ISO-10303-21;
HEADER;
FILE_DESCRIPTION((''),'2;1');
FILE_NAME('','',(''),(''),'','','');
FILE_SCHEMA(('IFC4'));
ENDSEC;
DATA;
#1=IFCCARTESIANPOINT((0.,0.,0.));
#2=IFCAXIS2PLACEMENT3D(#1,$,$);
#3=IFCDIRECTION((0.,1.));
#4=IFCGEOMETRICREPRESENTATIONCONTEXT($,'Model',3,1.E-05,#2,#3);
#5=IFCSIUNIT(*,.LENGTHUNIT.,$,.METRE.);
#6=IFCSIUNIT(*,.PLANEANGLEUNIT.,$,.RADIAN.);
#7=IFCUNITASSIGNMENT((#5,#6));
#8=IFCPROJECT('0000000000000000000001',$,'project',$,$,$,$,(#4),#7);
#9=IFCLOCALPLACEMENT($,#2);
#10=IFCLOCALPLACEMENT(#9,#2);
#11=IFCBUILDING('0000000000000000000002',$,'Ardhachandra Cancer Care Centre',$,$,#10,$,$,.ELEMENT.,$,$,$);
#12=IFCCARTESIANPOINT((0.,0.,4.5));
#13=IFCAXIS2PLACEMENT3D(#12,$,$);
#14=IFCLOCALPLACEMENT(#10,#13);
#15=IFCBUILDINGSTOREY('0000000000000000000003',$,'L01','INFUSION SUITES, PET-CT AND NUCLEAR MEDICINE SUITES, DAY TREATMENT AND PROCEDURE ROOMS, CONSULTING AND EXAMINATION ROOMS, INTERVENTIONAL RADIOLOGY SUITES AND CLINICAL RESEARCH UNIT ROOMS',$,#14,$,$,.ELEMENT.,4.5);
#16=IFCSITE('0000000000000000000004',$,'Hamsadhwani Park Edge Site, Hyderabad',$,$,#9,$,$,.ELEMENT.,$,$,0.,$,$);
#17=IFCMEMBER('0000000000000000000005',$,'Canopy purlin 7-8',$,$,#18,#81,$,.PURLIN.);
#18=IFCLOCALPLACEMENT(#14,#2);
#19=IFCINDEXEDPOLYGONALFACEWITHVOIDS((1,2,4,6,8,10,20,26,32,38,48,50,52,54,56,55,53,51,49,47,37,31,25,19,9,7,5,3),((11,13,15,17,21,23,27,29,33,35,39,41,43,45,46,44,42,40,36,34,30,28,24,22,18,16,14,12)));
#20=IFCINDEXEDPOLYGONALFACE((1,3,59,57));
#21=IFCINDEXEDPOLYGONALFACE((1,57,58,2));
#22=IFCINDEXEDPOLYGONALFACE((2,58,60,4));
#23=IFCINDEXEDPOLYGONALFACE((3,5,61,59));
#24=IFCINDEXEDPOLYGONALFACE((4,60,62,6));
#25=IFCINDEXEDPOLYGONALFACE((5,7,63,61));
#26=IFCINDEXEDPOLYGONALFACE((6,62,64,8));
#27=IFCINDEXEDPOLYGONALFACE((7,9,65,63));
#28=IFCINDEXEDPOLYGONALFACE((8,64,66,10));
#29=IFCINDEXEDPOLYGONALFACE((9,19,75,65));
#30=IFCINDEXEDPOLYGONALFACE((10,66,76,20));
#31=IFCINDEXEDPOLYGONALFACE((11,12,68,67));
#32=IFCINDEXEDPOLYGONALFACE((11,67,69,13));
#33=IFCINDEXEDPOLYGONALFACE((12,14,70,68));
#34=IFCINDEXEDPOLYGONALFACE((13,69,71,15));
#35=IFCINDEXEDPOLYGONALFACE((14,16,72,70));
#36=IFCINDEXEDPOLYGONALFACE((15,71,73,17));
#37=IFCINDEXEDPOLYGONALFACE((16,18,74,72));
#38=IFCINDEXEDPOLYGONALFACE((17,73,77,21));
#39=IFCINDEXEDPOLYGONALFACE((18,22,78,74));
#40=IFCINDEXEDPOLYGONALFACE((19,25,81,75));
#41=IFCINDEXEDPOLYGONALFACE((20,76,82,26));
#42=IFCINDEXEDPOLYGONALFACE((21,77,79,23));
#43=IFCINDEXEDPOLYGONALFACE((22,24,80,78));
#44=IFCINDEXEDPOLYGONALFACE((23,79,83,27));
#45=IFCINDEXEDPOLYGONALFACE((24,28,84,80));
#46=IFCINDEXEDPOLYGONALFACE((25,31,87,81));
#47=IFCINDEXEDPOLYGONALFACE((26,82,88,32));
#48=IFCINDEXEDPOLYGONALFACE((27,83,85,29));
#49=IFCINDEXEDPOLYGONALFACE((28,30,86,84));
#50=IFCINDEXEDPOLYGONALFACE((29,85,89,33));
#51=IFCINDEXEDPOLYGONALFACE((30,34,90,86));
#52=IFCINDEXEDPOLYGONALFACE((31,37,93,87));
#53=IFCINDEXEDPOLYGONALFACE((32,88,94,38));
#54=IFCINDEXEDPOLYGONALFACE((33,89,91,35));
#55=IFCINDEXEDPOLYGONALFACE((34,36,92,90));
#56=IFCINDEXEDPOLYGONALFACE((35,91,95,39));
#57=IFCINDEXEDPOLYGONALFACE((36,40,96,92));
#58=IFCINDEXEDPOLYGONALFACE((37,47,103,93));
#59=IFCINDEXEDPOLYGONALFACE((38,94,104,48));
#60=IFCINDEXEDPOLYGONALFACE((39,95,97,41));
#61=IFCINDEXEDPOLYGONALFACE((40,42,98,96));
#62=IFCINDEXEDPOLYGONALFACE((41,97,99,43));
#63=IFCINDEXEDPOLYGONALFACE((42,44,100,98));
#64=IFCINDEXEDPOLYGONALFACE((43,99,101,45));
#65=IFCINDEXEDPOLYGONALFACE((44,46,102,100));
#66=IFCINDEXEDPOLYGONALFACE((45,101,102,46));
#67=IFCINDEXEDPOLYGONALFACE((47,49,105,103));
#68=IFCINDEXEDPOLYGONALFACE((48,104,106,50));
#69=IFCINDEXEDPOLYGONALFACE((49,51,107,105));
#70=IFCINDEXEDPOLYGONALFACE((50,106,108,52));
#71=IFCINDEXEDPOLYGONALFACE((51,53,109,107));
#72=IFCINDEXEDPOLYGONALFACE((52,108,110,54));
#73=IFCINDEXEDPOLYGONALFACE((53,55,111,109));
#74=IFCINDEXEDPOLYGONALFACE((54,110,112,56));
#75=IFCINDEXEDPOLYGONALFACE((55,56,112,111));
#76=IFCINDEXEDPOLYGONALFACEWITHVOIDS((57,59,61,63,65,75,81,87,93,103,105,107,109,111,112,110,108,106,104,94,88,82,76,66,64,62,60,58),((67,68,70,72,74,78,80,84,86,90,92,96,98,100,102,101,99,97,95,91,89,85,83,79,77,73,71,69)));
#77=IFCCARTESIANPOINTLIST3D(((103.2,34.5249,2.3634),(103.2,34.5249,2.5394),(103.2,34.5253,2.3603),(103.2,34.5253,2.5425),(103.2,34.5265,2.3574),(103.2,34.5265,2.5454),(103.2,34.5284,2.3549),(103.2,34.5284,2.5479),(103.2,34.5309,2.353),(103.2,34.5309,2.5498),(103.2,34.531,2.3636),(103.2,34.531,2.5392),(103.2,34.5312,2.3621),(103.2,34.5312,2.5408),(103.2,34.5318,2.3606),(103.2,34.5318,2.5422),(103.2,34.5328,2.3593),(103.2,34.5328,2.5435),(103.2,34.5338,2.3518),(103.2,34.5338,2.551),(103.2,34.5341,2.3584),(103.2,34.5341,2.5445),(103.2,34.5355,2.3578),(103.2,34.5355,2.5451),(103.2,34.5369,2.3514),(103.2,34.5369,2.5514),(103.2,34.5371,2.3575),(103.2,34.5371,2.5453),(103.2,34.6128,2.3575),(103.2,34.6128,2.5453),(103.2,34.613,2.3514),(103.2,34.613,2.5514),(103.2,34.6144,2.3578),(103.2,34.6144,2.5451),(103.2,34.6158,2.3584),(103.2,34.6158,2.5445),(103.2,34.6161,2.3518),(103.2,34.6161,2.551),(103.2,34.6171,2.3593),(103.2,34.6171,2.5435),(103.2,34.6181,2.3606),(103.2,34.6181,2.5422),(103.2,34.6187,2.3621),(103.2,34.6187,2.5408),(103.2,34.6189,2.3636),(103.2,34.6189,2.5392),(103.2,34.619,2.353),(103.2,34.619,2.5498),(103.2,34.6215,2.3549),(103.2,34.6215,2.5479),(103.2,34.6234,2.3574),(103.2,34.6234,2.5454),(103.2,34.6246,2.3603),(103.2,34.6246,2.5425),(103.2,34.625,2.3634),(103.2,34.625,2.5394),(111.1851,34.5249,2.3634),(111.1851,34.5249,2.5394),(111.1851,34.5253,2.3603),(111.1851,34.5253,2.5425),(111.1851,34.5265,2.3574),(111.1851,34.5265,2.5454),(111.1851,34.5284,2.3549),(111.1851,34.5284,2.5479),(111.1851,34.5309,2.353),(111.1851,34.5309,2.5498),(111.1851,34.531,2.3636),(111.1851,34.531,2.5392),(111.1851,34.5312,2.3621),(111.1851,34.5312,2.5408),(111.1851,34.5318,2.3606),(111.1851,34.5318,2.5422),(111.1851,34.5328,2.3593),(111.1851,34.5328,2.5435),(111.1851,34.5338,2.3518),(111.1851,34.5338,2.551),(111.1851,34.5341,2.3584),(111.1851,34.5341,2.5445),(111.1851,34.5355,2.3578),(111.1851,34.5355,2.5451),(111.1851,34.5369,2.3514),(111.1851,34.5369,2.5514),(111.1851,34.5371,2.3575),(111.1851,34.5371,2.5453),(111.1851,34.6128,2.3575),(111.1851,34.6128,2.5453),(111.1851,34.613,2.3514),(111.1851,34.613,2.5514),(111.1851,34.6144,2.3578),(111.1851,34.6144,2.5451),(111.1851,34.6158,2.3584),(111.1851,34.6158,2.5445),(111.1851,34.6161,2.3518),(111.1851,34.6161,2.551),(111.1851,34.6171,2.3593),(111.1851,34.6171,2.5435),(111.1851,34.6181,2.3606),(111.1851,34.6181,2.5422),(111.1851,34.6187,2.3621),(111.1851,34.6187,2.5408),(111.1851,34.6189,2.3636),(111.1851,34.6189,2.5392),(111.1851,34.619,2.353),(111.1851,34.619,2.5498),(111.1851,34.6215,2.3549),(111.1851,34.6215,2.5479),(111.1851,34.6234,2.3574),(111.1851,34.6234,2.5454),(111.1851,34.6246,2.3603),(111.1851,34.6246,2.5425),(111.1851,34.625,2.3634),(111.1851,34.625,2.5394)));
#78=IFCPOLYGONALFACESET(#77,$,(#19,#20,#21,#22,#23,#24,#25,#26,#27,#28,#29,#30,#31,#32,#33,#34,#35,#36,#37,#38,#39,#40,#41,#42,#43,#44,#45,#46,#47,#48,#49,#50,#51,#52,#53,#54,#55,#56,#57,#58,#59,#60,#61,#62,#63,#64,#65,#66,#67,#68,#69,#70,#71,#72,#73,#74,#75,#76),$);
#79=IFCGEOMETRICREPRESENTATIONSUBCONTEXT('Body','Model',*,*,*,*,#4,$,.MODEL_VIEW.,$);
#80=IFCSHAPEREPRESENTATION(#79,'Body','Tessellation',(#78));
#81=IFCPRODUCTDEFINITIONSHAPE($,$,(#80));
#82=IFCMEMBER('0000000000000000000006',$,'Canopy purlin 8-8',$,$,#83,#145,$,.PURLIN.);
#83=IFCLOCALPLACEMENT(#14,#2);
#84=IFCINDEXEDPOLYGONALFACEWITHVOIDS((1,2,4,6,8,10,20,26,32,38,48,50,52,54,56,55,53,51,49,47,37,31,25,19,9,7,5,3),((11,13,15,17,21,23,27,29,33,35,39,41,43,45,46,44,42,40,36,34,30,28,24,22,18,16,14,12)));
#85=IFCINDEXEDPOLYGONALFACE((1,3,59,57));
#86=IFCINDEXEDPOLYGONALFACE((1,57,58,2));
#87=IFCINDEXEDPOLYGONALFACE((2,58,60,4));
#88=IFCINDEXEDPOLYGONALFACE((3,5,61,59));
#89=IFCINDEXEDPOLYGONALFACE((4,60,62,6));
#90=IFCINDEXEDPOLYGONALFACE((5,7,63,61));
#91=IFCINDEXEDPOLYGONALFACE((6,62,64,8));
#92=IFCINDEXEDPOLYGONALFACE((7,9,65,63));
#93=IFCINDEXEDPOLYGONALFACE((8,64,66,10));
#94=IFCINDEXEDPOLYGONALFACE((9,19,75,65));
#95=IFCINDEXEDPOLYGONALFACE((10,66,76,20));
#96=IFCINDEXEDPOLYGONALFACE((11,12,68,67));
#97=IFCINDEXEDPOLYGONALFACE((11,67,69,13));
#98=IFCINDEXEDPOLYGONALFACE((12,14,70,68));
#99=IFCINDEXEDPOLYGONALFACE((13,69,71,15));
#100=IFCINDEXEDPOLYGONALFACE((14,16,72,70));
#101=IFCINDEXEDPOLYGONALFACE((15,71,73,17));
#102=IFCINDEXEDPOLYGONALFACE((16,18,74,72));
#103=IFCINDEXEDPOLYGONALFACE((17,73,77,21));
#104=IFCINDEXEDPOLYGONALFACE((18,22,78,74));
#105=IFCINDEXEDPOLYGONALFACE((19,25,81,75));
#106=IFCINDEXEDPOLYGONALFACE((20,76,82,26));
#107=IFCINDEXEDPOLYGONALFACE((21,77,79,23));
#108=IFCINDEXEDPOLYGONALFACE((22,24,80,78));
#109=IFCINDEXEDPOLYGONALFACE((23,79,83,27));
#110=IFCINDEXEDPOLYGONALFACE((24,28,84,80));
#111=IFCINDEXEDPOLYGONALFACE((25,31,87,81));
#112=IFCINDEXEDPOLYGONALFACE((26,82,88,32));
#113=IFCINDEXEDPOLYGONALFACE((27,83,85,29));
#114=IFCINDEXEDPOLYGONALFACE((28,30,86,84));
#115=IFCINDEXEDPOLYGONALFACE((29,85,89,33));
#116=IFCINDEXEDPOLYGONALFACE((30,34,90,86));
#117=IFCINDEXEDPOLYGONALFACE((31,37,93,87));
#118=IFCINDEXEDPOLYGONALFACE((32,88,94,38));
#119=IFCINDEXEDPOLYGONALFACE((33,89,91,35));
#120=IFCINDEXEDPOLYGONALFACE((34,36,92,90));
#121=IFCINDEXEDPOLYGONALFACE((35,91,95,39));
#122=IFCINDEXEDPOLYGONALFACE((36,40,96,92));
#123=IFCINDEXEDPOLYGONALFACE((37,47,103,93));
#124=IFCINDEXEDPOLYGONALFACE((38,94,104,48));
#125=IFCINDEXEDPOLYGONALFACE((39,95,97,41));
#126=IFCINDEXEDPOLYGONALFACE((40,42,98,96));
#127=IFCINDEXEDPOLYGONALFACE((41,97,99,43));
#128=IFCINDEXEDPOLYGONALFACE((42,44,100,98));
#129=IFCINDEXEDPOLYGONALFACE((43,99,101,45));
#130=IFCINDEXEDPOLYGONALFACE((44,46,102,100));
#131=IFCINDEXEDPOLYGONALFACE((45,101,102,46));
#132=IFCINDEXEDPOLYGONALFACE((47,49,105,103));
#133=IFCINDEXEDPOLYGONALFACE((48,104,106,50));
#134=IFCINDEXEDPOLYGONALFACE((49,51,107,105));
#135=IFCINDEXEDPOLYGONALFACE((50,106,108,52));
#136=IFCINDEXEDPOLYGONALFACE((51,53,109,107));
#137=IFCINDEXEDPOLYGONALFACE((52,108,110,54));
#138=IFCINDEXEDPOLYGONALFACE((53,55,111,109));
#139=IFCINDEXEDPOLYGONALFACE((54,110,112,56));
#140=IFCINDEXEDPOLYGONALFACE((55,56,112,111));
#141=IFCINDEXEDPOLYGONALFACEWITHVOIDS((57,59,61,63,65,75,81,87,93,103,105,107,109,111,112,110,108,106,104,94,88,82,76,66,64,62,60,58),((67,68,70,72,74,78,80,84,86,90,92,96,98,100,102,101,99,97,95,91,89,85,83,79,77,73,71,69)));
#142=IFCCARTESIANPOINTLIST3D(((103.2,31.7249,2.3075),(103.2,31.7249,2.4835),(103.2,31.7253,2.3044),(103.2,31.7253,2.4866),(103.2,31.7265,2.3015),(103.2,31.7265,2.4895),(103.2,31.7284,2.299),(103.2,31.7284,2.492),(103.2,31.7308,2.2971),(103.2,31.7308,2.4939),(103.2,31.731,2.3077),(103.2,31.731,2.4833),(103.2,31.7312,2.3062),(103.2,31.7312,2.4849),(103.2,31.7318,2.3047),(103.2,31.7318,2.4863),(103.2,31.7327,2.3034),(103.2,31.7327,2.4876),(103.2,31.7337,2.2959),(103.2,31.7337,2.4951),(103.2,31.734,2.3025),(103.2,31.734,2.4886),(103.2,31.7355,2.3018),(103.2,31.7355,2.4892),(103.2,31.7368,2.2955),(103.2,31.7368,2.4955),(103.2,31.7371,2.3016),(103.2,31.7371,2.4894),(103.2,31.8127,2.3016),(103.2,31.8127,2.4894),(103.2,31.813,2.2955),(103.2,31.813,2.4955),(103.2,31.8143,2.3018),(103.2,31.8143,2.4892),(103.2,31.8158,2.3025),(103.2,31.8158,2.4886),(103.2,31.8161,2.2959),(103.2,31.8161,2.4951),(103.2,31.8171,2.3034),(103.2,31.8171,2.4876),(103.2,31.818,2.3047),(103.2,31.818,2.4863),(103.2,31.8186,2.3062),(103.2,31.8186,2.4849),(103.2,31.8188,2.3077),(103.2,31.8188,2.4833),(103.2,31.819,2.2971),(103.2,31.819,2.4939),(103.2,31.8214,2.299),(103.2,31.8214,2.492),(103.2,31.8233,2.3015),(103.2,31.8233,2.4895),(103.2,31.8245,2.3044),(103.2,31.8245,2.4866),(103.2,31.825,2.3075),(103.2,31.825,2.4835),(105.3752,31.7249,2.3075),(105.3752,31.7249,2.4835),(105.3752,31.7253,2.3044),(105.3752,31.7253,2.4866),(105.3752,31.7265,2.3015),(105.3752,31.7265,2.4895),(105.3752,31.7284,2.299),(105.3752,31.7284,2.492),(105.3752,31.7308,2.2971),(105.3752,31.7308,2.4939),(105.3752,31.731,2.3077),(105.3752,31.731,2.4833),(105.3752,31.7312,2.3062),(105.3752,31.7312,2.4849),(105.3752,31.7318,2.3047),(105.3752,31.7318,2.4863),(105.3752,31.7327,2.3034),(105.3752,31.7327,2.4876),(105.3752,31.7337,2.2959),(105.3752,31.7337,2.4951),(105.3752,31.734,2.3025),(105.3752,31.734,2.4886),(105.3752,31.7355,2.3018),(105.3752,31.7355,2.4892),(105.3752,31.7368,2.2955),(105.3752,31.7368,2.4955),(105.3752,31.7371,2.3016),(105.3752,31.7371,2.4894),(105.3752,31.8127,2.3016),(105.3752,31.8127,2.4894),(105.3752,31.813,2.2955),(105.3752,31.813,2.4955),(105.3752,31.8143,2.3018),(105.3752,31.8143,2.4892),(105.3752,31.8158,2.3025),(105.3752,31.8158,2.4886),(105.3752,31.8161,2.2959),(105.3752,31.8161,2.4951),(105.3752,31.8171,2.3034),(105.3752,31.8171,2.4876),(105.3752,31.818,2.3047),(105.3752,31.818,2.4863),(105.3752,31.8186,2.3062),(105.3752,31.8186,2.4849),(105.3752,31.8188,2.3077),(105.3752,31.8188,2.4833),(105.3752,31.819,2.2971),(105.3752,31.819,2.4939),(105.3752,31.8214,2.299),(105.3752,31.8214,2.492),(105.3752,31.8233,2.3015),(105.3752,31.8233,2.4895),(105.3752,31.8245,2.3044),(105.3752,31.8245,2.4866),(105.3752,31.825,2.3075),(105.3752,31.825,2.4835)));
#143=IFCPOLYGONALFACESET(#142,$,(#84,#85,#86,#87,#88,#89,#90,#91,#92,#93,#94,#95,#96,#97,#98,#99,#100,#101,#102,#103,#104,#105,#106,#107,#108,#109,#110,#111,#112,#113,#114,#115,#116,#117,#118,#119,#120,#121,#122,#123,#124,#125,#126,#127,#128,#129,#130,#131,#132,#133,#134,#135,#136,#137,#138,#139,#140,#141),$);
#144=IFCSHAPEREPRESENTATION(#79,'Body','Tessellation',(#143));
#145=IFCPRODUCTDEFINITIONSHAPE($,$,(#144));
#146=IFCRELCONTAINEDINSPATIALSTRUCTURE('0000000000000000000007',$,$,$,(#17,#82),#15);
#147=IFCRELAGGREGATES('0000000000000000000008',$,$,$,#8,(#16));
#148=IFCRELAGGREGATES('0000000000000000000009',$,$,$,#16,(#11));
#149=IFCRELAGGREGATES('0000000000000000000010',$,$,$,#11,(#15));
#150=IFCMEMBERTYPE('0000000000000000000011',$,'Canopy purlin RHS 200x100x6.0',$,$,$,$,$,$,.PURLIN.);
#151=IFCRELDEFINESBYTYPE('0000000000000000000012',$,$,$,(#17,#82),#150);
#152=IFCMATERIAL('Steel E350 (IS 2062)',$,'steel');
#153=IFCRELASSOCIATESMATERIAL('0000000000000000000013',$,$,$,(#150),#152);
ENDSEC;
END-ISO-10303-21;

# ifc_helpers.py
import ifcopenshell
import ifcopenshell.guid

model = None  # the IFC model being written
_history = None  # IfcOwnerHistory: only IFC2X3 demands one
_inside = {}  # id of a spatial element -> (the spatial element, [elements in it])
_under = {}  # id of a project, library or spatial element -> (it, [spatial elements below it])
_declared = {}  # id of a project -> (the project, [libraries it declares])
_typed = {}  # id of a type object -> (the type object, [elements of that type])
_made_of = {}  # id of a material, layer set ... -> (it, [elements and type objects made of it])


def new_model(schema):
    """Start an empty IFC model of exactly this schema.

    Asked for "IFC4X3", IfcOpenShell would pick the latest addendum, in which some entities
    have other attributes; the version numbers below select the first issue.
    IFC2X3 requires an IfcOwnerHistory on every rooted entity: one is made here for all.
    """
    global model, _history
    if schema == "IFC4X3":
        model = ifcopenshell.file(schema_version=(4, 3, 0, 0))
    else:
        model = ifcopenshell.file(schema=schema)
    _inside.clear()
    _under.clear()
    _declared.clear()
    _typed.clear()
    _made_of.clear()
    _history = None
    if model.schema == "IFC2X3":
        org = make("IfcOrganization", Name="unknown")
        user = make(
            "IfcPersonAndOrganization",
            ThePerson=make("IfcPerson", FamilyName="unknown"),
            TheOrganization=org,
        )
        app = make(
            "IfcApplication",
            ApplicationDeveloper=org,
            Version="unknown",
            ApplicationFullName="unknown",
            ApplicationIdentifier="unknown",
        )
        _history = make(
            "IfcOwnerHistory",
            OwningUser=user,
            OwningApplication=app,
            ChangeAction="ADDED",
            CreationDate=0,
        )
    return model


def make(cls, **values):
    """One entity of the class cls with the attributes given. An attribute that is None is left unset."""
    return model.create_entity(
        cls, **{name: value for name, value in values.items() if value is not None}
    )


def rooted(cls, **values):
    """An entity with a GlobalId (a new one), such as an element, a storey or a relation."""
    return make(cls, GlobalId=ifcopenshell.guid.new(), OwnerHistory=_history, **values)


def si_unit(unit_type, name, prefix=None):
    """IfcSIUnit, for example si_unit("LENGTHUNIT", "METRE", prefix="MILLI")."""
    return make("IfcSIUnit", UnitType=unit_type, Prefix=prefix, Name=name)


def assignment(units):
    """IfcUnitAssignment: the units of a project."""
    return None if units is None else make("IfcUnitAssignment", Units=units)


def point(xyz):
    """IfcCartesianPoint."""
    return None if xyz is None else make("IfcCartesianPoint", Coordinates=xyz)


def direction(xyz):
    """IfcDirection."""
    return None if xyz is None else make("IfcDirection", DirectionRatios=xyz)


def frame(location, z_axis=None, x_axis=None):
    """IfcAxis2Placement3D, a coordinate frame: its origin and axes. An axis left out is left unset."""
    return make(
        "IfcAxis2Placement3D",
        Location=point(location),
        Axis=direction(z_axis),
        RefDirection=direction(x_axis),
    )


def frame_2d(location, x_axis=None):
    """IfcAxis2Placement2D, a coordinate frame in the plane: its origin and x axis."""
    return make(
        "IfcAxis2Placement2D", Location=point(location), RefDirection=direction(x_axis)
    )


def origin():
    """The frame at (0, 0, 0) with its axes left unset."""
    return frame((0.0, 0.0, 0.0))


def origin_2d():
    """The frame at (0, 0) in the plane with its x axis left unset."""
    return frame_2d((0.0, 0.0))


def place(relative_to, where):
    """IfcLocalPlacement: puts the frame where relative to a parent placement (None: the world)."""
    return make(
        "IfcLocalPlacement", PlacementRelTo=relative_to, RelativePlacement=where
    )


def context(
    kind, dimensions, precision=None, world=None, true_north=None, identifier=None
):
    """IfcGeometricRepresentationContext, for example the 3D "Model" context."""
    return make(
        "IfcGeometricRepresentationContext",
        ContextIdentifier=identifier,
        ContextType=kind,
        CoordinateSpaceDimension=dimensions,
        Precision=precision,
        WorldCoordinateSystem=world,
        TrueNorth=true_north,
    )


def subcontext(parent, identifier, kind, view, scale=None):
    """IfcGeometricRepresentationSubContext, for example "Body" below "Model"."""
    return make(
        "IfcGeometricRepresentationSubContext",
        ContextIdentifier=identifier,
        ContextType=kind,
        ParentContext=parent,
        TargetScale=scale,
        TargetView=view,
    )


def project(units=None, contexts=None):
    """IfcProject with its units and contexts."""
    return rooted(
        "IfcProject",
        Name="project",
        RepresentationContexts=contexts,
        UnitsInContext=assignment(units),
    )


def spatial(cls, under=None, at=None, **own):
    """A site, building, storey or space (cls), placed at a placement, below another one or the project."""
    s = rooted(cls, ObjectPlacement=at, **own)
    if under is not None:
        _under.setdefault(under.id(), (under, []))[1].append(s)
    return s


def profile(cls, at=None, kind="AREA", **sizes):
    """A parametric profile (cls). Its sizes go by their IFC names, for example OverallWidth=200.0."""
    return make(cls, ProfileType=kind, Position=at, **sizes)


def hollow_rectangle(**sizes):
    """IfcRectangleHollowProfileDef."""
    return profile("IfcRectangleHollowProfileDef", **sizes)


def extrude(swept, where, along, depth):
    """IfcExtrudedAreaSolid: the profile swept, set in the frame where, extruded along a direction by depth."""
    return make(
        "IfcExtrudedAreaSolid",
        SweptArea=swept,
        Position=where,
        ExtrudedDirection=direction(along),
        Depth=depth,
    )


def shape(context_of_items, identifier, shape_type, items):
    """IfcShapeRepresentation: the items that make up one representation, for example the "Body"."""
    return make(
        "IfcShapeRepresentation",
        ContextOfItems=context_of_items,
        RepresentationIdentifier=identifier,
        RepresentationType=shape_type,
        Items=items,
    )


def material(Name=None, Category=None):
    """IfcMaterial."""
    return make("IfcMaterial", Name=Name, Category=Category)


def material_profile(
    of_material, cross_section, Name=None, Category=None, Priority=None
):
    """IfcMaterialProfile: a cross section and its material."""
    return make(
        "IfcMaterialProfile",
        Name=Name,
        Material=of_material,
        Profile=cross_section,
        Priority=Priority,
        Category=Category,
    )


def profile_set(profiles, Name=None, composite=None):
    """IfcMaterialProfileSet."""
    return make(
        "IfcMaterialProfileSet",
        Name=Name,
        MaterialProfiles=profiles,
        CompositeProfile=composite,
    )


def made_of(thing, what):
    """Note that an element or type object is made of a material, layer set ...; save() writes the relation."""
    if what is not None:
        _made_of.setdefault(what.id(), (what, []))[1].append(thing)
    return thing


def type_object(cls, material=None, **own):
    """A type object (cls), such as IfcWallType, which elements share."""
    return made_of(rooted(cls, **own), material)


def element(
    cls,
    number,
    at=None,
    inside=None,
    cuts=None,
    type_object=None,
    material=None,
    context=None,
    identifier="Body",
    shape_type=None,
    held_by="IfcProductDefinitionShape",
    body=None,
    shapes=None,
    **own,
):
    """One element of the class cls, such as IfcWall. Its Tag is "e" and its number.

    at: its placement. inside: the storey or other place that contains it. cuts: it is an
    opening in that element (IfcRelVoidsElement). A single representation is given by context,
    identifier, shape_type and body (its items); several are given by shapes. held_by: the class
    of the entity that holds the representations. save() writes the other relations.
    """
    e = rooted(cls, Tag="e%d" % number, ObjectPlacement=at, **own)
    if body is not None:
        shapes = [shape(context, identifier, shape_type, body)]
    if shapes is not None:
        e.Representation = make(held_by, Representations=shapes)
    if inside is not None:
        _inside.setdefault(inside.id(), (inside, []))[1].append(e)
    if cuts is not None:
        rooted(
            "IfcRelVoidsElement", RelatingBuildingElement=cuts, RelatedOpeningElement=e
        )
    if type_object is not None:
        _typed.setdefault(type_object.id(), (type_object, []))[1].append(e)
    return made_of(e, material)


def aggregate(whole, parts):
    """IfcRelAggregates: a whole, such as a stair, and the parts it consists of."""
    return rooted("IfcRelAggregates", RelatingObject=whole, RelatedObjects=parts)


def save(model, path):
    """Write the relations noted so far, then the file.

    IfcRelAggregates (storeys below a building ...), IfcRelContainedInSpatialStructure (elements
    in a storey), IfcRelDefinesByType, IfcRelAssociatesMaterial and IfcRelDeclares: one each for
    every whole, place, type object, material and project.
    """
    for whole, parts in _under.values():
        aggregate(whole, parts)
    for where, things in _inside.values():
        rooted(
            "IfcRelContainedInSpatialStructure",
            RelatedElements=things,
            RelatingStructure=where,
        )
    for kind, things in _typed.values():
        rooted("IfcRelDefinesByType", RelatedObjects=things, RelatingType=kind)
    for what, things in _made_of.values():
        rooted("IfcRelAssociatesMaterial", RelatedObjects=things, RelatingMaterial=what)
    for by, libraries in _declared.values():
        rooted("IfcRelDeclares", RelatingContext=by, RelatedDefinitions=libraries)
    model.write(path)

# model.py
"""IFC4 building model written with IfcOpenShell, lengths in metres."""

from ifc_helpers import new_model, si_unit, direction, frame, origin, origin_2d, place, context, subcontext, project, spatial, hollow_rectangle, extrude, material, material_profile, profile_set, type_object, element, save


model = new_model("IFC4")

# Units and contexts
model_context = context("Model", 3, precision=1e-05, world=origin(), true_north=direction((0.0, 1.0)))
body_context = subcontext(model_context, "Body", "Model", "MODEL_VIEW")
ifc_project = project(units=[si_unit("LENGTHUNIT", "METRE"), si_unit("PLANEANGLEUNIT", "RADIAN")], contexts=[model_context])

# Site, building, storey
site_placement = place(None, origin())
site = spatial("IfcSite", under=ifc_project, at=site_placement, Name="Hamsadhwani Park Edge Site, Hyderabad", CompositionType="ELEMENT", RefElevation=0.0)
building_placement = place(site_placement, origin())
building = spatial("IfcBuilding", under=site, at=building_placement, Name="Ardhachandra Cancer Care Centre", CompositionType="ELEMENT")
storey_placement = place(building_placement, frame((0.0, 0.0, 4.5)))
storey = spatial("IfcBuildingStorey", under=building, at=storey_placement, Name="L01", Description="INFUSION SUITES, PET-CT AND NUCLEAR MEDICINE SUITES, DAY TREATMENT AND PROCEDURE ROOMS, CONSULTING AND EXAMINATION ROOMS, INTERVENTIONAL RADIOLOGY SUITES AND CLINICAL RESEARCH UNIT ROOMS", CompositionType="ELEMENT", Elevation=4.5)

# Members
ifc_material_1 = material(Name="Steel E350 (IS 2062)", Category="steel")
ifc_material_profile_1 = material_profile(ifc_material_1, hollow_rectangle(XDim=0.1001, YDim=0.2, WallThickness=0.0061, InnerFilletRadius=0.0061, OuterFilletRadius=0.012, at=origin_2d()), Name="RHS 200x100x6.0")
ifc_profile_set_1 = profile_set([ifc_material_profile_1], Name="Steel E350 (IS 2062)")
member_type_1 = type_object("IfcMemberType", Name="Canopy purlin RHS 200x100x6.0", PredefinedType="PURLIN", material=ifc_profile_set_1)
member_1_placement = place(storey_placement, frame((103.2, 34.575, 2.4514), z_axis=(1.0, 0.0, 0.0), x_axis=(0.0, 1.0, 0.0)))
element("IfcMember", 1, at=member_1_placement, inside=storey, type_object=member_type_1, Name="Canopy purlin 7-8", PredefinedType="PURLIN", context=body_context, shape_type="SweptSolid", body=[
    extrude(hollow_rectangle(XDim=0.1001, YDim=0.2, WallThickness=0.0061, InnerFilletRadius=0.0061, OuterFilletRadius=0.012, at=origin_2d()), origin(), (0.0, 0.0, 1.0), 7.9851),
])
member_2_placement = place(storey_placement, frame((103.2, 31.7749, 2.3955), z_axis=(1.0, 0.0, 0.0), x_axis=(0.0, 1.0, 0.0)))
element("IfcMember", 2, at=member_2_placement, inside=storey, type_object=member_type_1, Name="Canopy purlin 8-8", PredefinedType="PURLIN", context=body_context, shape_type="SweptSolid", body=[
    extrude(hollow_rectangle(XDim=0.1001, YDim=0.2, WallThickness=0.0061, InnerFilletRadius=0.0061, OuterFilletRadius=0.012, at=origin_2d()), origin(), (0.0, 0.0, 1.0), 2.1753),
])

save(model, "model.ifc")
